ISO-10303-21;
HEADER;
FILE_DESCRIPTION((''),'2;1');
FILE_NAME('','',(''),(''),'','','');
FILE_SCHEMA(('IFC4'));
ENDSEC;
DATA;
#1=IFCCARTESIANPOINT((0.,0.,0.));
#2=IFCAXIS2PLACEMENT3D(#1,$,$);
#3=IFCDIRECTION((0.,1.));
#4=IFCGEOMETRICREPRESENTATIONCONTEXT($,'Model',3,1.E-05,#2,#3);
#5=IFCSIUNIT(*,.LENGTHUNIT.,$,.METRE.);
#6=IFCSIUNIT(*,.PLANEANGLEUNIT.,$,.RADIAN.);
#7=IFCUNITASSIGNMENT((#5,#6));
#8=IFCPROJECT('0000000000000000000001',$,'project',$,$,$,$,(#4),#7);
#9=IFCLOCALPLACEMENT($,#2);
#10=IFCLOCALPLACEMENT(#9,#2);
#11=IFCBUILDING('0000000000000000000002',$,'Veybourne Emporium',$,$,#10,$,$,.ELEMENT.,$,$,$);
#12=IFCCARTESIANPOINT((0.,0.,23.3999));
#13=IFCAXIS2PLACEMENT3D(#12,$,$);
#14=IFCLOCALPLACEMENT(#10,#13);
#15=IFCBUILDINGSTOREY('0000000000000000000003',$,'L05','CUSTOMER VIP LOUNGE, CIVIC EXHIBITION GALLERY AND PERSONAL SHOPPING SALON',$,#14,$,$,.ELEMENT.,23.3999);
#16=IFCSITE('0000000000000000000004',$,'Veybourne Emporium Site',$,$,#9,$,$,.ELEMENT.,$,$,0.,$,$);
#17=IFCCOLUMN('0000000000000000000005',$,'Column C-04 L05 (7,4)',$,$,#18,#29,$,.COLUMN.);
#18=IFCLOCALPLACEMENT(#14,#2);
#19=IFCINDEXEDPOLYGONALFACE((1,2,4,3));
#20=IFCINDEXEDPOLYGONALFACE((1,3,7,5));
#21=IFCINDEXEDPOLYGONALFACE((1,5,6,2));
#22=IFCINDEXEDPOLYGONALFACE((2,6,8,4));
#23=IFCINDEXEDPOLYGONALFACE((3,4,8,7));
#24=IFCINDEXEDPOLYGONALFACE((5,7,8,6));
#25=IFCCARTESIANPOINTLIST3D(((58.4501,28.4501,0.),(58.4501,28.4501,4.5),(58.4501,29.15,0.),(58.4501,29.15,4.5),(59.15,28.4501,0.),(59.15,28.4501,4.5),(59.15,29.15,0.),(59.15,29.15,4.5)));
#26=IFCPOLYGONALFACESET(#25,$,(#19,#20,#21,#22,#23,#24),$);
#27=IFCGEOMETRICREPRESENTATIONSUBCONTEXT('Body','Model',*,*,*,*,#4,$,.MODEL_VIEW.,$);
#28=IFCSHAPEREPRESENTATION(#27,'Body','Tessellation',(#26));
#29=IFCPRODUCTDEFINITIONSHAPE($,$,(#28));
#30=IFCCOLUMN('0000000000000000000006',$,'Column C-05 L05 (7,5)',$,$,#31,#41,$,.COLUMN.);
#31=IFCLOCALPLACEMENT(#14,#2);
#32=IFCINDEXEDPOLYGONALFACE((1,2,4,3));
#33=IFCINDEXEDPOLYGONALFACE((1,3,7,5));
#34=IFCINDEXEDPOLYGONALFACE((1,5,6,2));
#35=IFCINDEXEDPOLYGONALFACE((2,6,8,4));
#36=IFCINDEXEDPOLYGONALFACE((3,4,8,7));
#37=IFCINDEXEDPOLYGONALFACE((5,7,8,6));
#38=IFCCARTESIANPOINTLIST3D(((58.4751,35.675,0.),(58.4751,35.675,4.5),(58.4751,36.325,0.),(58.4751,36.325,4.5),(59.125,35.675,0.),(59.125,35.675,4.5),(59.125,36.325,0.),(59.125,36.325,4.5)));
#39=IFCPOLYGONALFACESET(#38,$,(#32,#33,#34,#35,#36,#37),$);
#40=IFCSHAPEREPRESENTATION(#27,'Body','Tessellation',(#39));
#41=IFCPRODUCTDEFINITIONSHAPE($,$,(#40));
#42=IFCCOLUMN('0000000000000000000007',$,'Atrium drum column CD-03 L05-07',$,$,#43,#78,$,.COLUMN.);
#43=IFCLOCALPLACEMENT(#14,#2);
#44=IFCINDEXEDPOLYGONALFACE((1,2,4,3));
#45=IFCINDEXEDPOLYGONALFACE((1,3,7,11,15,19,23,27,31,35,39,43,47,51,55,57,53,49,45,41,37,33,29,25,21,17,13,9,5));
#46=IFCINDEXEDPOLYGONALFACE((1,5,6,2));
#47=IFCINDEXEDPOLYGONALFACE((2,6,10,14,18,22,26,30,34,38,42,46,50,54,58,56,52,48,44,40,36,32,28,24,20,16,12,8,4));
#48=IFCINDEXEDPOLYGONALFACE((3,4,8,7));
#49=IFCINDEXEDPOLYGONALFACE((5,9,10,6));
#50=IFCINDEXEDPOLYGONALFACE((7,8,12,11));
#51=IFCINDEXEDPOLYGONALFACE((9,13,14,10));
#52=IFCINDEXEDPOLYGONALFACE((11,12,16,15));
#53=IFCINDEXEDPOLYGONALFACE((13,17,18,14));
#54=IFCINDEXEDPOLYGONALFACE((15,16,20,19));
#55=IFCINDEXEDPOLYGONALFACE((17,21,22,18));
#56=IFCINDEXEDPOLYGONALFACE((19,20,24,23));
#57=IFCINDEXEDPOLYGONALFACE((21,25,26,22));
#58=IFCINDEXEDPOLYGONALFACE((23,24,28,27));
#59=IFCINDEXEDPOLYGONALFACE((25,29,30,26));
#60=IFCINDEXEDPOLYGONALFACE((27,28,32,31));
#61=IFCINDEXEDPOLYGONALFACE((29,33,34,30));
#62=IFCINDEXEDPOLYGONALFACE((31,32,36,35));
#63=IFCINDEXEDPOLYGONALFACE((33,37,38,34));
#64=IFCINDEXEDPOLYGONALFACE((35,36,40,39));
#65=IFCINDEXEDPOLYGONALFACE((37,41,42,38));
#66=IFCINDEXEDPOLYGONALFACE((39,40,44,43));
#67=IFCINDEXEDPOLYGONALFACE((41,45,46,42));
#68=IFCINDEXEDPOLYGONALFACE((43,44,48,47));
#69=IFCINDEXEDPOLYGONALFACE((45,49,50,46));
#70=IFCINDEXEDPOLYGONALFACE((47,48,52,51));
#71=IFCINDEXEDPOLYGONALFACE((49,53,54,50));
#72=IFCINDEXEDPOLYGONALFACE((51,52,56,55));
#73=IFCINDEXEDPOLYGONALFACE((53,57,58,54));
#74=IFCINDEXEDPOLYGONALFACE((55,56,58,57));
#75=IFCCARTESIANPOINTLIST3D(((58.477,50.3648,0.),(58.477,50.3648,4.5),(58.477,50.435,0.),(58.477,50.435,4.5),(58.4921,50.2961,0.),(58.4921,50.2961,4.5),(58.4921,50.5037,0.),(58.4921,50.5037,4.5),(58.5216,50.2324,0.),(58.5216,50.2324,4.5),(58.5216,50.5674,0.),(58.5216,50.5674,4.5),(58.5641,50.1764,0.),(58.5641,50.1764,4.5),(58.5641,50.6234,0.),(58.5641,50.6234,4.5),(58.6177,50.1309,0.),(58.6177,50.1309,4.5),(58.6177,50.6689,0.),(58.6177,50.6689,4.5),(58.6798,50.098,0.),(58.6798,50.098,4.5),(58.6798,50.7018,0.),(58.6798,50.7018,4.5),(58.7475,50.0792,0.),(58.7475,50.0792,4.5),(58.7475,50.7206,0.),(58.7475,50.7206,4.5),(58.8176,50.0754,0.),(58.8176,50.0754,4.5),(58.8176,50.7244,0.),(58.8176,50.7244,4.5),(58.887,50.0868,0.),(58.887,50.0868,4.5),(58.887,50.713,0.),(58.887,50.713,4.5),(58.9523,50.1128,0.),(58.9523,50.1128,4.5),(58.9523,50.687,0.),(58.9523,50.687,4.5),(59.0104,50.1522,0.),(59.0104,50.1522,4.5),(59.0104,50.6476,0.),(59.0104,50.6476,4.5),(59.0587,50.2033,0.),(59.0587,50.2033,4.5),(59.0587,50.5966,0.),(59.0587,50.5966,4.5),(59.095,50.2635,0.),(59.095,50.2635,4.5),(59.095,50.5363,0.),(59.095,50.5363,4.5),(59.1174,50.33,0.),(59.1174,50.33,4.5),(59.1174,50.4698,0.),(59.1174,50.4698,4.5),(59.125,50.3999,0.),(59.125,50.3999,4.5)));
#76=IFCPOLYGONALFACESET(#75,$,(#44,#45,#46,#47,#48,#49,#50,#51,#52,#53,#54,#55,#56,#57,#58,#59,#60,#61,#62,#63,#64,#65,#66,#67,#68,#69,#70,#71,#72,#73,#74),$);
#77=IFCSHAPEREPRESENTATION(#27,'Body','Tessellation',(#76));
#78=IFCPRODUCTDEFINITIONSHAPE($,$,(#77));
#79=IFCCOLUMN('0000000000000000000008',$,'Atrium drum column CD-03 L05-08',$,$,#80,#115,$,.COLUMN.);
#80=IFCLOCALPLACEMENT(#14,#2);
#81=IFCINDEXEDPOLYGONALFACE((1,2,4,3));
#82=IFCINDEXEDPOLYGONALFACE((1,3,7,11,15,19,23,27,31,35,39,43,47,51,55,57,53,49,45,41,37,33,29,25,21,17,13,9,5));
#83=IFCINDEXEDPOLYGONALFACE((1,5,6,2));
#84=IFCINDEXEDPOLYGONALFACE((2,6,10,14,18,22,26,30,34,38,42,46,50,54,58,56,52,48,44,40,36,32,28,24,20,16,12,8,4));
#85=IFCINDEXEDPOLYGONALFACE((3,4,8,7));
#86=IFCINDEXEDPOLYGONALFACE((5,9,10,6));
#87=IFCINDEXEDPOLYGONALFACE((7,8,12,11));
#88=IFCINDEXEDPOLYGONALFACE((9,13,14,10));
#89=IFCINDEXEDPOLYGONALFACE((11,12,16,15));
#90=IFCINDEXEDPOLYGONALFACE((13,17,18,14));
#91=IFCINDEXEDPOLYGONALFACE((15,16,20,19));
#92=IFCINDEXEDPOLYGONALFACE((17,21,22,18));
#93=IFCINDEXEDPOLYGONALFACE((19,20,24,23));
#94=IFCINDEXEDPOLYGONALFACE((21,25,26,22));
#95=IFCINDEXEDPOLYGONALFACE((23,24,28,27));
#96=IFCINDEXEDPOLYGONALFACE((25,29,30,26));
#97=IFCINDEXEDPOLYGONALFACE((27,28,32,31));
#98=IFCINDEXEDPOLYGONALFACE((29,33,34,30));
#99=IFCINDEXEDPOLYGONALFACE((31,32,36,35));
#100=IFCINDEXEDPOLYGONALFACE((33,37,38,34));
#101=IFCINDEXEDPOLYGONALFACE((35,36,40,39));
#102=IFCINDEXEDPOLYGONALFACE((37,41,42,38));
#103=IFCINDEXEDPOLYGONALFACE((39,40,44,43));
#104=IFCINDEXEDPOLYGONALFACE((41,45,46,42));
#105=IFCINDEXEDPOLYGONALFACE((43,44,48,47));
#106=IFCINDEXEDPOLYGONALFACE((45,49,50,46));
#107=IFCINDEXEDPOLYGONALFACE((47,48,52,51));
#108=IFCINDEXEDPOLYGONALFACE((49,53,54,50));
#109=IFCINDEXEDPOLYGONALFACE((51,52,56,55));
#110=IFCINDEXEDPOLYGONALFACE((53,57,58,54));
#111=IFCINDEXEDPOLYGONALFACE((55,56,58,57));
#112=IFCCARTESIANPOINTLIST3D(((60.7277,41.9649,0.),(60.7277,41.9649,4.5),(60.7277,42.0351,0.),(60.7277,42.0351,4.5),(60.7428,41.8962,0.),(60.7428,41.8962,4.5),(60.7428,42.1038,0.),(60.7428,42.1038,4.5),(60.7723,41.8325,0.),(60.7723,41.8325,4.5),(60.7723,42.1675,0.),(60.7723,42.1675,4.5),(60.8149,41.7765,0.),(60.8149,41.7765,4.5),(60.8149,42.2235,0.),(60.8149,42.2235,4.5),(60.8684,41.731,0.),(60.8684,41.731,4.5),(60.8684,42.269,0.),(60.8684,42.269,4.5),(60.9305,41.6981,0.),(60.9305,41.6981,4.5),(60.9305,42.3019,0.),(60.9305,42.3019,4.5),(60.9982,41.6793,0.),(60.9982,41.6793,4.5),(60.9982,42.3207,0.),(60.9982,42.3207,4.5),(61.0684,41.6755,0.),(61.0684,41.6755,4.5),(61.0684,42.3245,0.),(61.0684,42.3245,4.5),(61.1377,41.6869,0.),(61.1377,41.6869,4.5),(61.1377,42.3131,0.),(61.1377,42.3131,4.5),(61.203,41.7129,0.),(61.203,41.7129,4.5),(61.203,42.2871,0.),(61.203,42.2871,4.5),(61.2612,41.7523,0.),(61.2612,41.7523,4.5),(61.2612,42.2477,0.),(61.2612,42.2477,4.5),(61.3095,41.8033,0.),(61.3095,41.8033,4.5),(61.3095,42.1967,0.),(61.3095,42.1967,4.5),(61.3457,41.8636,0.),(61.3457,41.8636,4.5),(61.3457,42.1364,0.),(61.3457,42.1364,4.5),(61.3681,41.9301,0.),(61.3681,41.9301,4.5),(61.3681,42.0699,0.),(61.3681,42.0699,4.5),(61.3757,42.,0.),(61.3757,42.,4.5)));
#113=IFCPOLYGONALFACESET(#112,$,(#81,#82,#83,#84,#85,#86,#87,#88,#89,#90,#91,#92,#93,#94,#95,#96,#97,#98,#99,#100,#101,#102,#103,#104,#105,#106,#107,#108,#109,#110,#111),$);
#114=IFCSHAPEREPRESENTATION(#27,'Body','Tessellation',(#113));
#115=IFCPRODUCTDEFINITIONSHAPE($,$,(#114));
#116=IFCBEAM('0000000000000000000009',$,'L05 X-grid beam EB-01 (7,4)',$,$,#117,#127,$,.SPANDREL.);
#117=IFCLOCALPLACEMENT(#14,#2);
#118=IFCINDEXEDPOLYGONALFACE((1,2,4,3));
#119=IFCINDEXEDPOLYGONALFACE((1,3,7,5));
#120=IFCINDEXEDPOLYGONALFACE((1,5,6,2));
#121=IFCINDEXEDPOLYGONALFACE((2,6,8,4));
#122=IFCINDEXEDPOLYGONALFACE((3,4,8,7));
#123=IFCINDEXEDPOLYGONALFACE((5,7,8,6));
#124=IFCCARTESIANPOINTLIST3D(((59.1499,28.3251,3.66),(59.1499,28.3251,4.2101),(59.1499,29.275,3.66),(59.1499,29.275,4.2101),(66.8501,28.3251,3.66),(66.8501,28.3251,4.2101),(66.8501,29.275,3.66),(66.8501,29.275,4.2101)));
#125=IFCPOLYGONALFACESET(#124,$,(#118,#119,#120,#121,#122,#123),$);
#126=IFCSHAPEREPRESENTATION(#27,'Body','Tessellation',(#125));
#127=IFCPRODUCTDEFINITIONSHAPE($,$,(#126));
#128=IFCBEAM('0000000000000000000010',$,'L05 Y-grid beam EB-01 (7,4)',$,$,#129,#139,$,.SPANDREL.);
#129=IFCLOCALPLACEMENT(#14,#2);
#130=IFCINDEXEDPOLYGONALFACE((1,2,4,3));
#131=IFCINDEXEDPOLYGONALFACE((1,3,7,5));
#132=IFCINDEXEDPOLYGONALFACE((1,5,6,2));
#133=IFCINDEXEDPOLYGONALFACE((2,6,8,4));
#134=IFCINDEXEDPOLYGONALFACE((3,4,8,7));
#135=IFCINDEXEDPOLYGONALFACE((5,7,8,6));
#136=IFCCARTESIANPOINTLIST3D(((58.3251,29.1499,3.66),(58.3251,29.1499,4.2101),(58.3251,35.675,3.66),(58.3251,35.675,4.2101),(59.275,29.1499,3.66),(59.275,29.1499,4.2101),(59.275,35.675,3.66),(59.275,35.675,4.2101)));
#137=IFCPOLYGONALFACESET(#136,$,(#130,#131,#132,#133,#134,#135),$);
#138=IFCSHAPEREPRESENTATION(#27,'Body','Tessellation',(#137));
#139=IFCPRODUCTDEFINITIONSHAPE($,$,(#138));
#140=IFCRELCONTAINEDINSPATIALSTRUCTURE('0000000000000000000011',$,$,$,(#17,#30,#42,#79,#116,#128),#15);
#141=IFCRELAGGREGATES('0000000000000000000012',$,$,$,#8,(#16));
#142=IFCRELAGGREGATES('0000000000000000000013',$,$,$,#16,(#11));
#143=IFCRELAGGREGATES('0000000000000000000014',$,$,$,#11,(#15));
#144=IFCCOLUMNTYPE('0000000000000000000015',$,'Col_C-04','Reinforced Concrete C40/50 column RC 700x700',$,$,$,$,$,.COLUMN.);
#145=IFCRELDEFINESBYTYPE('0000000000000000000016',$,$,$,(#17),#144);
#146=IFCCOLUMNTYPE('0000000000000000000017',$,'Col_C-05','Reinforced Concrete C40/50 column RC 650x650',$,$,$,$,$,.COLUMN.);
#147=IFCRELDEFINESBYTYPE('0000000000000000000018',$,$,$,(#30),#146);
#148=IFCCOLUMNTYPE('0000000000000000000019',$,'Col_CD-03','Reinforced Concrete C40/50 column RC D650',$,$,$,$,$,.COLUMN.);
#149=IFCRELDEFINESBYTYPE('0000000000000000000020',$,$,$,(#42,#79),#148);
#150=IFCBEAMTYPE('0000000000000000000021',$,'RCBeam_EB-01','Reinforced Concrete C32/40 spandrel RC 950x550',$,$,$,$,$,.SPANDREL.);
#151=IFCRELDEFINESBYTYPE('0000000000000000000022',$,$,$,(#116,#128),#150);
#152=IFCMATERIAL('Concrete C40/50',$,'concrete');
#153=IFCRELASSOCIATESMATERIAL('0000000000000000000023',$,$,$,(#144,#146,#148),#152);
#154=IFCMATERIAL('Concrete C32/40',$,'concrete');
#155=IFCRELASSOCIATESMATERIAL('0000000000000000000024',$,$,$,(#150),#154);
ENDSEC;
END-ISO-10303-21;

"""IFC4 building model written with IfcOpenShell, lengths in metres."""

from ifc_helpers import new_model, si_unit, direction, frame, origin, origin_2d, place, context, subcontext, project, spatial, rectangle, circle, extrude, material, material_profile, profile_set, type_object, element, save


model = new_model("IFC4")

# Units and contexts
model_context = context("Model", 3, precision=1e-05, world=origin(), true_north=direction((0.0, 1.0)))
body_context = subcontext(model_context, "Body", "Model", "MODEL_VIEW")
ifc_project = project(units=[si_unit("LENGTHUNIT", "METRE"), si_unit("PLANEANGLEUNIT", "RADIAN")], contexts=[model_context])

# Site, building, storey
site_placement = place(None, origin())
site = spatial("IfcSite", under=ifc_project, at=site_placement, Name="Veybourne Emporium Site", CompositionType="ELEMENT", RefElevation=0.0)
building_placement = place(site_placement, origin())
building = spatial("IfcBuilding", under=site, at=building_placement, Name="Veybourne Emporium", CompositionType="ELEMENT")
storey_placement = place(building_placement, frame((0.0, 0.0, 23.3999)))
storey = spatial("IfcBuildingStorey", under=building, at=storey_placement, Name="L05", Description="CUSTOMER VIP LOUNGE, CIVIC EXHIBITION GALLERY AND PERSONAL SHOPPING SALON", CompositionType="ELEMENT", Elevation=23.3999)

# Columns
ifc_material_1 = material(Name="Concrete C40/50", Category="concrete")
ifc_material_profile_1 = material_profile(ifc_material_1, rectangle(XDim=0.7, YDim=0.7, at=origin_2d()), Name="RC 700x700")
ifc_profile_set_1 = profile_set([ifc_material_profile_1], Name="Concrete C40/50")
column_type_1 = type_object("IfcColumnType", Name="Col_C-04", Description="Reinforced Concrete C40/50 column RC 700x700", PredefinedType="COLUMN", material=ifc_profile_set_1)
column_1_placement = place(storey_placement, frame((58.8, 28.8, 0.0), z_axis=(0.0, 0.0, 1.0), x_axis=(1.0, 0.0, 0.0)))
element("IfcColumn", 1, at=column_1_placement, inside=storey, type_object=column_type_1, Name="Column C-04 L05 (7,4)", PredefinedType="COLUMN", context=body_context, shape_type="SweptSolid", body=[
    extrude(rectangle(XDim=0.7, YDim=0.7, at=origin_2d()), origin(), (0.0, 0.0, 1.0), 4.5),
])
ifc_material_profile_2 = material_profile(ifc_material_1, rectangle(XDim=0.6499, YDim=0.6499, at=origin_2d()), Name="RC 650x650")
ifc_profile_set_2 = profile_set([ifc_material_profile_2], Name="Concrete C40/50")
column_type_2 = type_object("IfcColumnType", Name="Col_C-05", Description="Reinforced Concrete C40/50 column RC 650x650", PredefinedType="COLUMN", material=ifc_profile_set_2)
column_2_placement = place(storey_placement, frame((58.8, 36.0, 0.0), z_axis=(0.0, 0.0, 1.0), x_axis=(1.0, 0.0, 0.0)))
element("IfcColumn", 2, at=column_2_placement, inside=storey, type_object=column_type_2, Name="Column C-05 L05 (7,5)", PredefinedType="COLUMN", context=body_context, shape_type="SweptSolid", body=[
    extrude(rectangle(XDim=0.6499, YDim=0.6499, at=origin_2d()), origin(), (0.0, 0.0, 1.0), 4.5),
])
ifc_material_profile_3 = material_profile(ifc_material_1, circle(Radius=0.325, at=origin_2d()), Name="RC D650")
ifc_profile_set_3 = profile_set([ifc_material_profile_3], Name="Concrete C40/50")
column_type_3 = type_object("IfcColumnType", Name="Col_CD-03", Description="Reinforced Concrete C40/50 column RC D650", PredefinedType="COLUMN", material=ifc_profile_set_3)
for number, where, z_axis, x_axis, name in (
    (3, (58.8, 50.3999, 0.0), (0.0, 0.0, 1.0), (1.0, 0.0, 0.0), "Atrium drum column CD-03 L05-07"),
    (4, (61.0508, 42.0, 0.0), (0.0, 0.0, 1.0), (1.0, 0.0, 0.0), "Atrium drum column CD-03 L05-08"),
):
    element("IfcColumn", number, at=place(storey_placement, frame(where, z_axis=z_axis, x_axis=x_axis)), inside=storey, type_object=column_type_3, Name=name, PredefinedType="COLUMN", context=body_context, shape_type="SweptSolid", body=[
        extrude(circle(Radius=0.325, at=origin_2d()), origin(), (0.0, 0.0, 1.0), 4.5),
    ])

# Beams
ifc_material_2 = material(Name="Concrete C32/40", Category="concrete")
ifc_material_profile_4 = material_profile(ifc_material_2, rectangle(XDim=0.95, YDim=0.55, at=origin_2d()), Name="RC 950x550")
ifc_profile_set_4 = profile_set([ifc_material_profile_4], Name="Concrete C32/40")
beam_type = type_object("IfcBeamType", Name="RCBeam_EB-01", Description="Reinforced Concrete C32/40 spandrel RC 950x550", PredefinedType="SPANDREL", material=ifc_profile_set_4)
beam_1_placement = place(storey_placement, frame((59.1499, 28.8, 3.9351), z_axis=(1.0, 0.0, 0.0), x_axis=(0.0, 1.0, 0.0)))
element("IfcBeam", 5, at=beam_1_placement, inside=storey, type_object=beam_type, Name="L05 X-grid beam EB-01 (7,4)", PredefinedType="SPANDREL", context=body_context, shape_type="SweptSolid", body=[
    extrude(rectangle(XDim=0.95, YDim=0.55, at=origin_2d()), origin(), (0.0, 0.0, 1.0), 7.7002),
])
beam_2_placement = place(storey_placement, frame((58.8, 29.1499, 3.9351), z_axis=(0.0, 1.0, 0.0), x_axis=(-1.0, 0.0, 0.0)))
element("IfcBeam", 6, at=beam_2_placement, inside=storey, type_object=beam_type, Name="L05 Y-grid beam EB-01 (7,4)", PredefinedType="SPANDREL", context=body_context, shape_type="SweptSolid", body=[
    extrude(rectangle(XDim=0.95, YDim=0.55, at=origin_2d()), origin(), (0.0, 0.0, 1.0), 6.5251),
])

save(model, "model.ifc")
